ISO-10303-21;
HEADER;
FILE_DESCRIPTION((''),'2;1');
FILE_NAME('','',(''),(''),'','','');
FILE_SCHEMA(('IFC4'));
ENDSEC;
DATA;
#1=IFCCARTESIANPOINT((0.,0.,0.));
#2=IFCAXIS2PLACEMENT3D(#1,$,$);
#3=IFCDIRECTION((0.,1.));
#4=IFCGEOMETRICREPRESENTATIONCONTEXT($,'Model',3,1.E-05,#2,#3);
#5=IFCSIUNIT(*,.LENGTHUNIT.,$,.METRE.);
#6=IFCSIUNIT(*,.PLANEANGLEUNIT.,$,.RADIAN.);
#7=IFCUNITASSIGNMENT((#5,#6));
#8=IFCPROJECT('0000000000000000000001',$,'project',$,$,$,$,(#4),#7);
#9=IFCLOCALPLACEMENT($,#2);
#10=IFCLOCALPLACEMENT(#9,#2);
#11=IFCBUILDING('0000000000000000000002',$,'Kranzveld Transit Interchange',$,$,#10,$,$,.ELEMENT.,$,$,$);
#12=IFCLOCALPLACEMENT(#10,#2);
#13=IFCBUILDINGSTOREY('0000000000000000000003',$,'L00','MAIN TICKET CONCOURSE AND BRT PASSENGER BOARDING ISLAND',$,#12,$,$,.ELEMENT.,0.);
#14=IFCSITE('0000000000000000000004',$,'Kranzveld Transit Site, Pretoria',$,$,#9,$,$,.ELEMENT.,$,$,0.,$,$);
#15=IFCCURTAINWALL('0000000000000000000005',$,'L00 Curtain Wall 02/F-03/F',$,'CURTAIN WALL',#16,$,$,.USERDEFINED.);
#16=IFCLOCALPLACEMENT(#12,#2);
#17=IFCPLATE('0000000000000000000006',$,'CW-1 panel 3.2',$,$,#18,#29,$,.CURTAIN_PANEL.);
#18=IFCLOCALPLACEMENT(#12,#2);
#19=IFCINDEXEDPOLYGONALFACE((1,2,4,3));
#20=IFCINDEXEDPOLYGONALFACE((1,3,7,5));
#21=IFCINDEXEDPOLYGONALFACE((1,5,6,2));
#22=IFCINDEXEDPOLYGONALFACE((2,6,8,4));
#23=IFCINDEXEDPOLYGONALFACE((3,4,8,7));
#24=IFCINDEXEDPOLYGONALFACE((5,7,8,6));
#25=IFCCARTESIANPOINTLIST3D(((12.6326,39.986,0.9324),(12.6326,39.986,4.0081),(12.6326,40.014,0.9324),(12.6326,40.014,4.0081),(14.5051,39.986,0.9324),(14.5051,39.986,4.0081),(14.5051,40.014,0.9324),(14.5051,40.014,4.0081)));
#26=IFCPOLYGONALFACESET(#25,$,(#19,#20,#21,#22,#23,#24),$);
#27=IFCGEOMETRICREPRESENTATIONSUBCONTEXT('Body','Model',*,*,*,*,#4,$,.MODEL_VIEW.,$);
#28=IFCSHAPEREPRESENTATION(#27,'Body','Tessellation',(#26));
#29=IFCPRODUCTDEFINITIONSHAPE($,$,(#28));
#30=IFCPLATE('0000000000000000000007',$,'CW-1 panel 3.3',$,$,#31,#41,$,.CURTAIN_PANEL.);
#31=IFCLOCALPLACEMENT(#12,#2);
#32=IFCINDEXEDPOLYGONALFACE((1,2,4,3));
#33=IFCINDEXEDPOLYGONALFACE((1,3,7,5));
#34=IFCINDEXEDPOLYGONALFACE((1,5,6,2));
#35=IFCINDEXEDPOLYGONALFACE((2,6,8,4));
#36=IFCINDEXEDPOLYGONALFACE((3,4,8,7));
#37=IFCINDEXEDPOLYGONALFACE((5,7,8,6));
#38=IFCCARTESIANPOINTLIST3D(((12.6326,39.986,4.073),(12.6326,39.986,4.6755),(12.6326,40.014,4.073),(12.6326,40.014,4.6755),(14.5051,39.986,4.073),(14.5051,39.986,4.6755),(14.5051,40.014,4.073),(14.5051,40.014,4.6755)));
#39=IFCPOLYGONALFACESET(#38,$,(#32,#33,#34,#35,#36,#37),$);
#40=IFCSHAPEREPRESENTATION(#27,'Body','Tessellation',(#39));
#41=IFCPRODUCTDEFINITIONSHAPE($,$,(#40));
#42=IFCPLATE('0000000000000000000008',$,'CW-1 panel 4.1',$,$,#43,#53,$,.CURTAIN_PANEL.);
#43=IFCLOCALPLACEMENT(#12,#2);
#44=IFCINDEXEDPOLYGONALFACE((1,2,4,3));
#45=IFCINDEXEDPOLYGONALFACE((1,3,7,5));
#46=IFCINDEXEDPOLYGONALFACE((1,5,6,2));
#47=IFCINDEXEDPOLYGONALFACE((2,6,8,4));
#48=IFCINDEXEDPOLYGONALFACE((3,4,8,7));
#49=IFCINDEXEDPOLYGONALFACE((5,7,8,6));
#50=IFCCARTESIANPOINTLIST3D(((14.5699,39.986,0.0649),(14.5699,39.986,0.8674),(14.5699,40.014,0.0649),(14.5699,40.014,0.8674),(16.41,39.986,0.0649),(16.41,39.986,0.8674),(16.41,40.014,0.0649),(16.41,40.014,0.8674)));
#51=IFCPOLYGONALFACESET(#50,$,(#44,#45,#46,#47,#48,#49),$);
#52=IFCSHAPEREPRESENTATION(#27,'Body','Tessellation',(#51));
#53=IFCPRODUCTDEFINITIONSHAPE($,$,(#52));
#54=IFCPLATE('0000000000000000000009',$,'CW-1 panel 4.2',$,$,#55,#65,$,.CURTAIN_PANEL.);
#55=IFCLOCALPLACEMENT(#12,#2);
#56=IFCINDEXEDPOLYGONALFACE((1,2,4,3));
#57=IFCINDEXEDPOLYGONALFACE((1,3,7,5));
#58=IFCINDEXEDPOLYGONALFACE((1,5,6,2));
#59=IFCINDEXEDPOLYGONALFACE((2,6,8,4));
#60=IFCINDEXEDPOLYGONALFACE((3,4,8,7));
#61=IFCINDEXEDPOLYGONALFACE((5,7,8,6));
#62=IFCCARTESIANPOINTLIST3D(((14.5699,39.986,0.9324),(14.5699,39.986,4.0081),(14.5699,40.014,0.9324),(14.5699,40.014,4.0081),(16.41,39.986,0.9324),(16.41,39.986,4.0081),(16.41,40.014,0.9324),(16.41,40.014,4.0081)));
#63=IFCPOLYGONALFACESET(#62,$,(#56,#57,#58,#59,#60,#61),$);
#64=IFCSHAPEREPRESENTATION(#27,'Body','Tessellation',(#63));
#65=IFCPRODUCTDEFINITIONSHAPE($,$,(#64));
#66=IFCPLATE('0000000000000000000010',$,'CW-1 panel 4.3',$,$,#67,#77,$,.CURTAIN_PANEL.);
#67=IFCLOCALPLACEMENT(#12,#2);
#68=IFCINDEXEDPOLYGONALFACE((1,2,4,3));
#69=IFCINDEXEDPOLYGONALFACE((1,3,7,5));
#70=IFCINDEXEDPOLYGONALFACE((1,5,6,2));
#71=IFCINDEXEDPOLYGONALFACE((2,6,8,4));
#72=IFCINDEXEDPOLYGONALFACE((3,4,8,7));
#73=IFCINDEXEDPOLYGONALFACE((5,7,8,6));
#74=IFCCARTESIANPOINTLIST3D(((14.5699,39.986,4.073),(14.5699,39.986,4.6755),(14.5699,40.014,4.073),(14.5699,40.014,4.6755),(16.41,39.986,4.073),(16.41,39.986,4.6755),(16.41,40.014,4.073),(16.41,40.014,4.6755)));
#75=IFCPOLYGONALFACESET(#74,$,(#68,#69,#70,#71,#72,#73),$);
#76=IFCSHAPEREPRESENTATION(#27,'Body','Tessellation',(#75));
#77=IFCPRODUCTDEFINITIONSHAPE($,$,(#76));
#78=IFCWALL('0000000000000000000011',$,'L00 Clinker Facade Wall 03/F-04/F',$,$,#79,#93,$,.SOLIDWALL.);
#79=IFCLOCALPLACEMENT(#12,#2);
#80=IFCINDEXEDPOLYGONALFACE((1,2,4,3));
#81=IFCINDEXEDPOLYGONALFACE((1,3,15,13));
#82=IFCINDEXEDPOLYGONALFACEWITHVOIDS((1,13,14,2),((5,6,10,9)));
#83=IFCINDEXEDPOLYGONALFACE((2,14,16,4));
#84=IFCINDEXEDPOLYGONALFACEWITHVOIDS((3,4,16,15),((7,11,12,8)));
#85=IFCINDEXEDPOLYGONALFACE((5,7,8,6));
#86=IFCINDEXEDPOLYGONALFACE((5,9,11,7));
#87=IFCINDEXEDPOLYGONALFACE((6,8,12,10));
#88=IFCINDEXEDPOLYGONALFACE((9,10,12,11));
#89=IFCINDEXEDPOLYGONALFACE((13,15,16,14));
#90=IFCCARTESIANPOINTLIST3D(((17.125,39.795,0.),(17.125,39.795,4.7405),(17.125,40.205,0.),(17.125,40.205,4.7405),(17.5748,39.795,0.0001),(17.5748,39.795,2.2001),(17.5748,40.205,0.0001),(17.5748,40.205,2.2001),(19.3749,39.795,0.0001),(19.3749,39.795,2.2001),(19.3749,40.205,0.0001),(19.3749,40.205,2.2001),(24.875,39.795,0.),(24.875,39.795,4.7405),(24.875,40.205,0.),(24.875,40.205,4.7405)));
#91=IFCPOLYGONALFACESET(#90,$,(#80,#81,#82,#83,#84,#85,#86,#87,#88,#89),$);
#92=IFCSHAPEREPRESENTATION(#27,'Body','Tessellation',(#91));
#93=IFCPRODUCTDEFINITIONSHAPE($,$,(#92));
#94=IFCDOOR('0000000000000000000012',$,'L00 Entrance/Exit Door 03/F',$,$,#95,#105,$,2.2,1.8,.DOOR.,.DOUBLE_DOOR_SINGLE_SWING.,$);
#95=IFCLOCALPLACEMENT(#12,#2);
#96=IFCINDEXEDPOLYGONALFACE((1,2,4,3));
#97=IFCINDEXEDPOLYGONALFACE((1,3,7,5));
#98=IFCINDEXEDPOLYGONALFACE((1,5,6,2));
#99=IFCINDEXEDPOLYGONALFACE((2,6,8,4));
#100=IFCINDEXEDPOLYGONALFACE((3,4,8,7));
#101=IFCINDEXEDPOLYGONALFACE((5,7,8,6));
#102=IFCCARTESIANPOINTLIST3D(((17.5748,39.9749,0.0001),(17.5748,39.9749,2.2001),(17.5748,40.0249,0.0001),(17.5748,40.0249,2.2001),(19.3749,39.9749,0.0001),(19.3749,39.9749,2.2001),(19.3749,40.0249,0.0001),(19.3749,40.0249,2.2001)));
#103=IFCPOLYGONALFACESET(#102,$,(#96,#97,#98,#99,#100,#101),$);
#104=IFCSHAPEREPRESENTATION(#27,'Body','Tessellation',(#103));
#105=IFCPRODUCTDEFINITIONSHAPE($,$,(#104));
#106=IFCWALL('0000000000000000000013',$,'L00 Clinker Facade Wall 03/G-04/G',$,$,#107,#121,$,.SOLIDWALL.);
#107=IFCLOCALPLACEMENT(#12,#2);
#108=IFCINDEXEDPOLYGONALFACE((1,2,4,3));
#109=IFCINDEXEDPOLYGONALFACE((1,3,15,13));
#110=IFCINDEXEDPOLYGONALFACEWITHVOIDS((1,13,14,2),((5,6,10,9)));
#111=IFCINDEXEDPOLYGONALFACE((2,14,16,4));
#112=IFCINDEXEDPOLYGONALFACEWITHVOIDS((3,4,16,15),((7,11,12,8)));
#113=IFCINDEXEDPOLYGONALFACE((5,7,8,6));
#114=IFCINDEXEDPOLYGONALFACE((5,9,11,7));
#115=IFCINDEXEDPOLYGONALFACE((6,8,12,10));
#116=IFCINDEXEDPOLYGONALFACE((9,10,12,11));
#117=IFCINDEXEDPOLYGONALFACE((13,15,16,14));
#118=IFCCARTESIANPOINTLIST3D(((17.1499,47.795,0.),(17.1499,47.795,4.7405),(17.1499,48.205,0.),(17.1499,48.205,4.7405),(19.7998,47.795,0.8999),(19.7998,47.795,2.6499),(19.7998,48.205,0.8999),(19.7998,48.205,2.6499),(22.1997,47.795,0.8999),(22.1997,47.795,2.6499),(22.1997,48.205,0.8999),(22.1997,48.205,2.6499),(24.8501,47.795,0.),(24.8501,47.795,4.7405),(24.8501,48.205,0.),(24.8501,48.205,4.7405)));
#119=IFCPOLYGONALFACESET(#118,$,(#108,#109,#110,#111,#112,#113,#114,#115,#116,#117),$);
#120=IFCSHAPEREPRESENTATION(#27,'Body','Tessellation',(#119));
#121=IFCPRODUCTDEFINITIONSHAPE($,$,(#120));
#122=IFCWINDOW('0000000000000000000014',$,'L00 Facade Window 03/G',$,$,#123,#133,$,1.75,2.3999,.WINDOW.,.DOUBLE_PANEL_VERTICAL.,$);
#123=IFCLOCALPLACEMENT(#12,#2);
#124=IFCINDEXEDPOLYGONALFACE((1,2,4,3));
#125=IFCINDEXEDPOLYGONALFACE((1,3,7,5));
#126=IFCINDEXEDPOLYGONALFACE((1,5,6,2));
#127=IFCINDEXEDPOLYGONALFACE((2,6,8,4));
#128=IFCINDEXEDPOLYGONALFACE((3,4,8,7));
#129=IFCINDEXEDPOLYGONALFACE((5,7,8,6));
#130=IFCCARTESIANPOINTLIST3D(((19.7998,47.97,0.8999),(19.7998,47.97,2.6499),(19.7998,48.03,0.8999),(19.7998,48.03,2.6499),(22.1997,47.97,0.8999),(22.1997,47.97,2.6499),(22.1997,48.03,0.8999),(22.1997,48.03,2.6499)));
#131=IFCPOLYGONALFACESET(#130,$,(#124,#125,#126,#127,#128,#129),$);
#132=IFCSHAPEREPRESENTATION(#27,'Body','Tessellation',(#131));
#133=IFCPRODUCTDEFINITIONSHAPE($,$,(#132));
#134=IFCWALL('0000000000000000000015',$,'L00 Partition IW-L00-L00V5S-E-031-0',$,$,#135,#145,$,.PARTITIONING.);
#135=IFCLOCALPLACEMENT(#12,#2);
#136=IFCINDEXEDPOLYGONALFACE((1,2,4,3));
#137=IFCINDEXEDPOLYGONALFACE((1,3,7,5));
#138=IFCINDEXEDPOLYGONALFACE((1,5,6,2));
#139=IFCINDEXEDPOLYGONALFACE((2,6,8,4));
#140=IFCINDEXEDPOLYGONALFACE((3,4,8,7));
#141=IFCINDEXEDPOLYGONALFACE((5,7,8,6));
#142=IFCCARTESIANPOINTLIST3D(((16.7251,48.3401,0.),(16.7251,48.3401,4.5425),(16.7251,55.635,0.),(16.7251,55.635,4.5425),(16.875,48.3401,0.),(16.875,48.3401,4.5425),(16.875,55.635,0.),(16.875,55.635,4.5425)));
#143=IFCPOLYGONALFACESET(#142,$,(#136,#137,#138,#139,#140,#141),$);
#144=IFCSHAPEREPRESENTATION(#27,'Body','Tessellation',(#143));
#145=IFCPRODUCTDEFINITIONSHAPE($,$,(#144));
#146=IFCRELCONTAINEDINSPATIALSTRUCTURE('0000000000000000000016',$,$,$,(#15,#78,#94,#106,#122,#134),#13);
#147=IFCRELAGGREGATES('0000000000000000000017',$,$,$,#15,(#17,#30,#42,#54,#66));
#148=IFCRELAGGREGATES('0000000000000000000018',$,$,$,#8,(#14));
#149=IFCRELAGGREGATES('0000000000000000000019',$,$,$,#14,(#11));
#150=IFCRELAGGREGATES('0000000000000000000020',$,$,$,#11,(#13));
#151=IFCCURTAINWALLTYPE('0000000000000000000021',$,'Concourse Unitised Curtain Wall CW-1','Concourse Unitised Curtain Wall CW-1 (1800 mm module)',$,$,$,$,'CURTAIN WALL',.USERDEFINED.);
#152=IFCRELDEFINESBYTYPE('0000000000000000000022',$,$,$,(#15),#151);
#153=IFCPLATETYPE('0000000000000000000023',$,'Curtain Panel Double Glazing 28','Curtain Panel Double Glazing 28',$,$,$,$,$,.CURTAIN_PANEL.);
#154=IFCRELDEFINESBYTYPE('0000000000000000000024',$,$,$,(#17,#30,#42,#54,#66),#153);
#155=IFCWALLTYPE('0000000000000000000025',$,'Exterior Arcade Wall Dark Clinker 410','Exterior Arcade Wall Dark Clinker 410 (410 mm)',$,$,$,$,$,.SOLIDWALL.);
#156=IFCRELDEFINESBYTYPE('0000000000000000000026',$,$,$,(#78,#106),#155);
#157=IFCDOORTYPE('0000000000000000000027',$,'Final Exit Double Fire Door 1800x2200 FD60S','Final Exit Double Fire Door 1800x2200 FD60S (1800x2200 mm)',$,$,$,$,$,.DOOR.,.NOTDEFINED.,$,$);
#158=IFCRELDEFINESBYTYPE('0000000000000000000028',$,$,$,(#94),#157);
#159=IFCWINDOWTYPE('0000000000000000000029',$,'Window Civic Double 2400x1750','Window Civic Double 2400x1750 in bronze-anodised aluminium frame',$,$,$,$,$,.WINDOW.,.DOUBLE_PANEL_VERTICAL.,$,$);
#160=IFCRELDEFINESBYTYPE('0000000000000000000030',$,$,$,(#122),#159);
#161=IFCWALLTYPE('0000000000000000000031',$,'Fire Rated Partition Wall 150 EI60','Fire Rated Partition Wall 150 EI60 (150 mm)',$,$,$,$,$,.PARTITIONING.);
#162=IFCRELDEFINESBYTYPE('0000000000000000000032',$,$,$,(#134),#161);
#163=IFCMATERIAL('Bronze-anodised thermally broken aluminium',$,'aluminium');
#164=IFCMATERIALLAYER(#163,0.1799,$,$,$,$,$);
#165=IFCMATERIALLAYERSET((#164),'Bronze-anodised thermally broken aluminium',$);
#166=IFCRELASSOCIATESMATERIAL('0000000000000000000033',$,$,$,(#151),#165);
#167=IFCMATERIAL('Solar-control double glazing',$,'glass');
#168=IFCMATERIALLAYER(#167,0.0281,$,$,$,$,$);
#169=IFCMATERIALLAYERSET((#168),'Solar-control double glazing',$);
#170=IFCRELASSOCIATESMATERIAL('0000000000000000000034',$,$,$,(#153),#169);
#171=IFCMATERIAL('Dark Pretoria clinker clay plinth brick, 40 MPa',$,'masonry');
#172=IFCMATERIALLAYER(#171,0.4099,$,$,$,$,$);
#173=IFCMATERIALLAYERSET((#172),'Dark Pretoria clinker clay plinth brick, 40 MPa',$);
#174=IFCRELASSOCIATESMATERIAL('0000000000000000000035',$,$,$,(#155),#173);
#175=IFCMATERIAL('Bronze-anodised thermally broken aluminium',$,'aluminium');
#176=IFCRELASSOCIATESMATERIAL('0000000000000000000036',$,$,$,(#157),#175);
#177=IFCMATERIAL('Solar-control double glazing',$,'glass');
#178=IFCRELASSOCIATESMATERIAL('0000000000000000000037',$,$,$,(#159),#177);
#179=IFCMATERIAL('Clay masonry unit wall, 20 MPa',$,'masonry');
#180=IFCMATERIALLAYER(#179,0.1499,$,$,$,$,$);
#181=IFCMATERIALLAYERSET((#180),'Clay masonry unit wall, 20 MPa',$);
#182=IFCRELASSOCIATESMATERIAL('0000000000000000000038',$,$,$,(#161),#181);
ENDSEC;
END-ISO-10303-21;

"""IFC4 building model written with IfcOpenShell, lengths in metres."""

from ifc_helpers import new_model, si_unit, direction, frame, frame_2d, origin, origin_2d, place, context, subcontext, project, spatial, rectangle, extrude, material, layer, layer_set, type_object, element, fill, aggregate, save


model = new_model("IFC4")

# Units and contexts
model_context = context("Model", 3, precision=1e-05, world=origin(), true_north=direction((0.0, 1.0)))
body_context = subcontext(model_context, "Body", "Model", "MODEL_VIEW")
ifc_project = project(units=[si_unit("LENGTHUNIT", "METRE"), si_unit("PLANEANGLEUNIT", "RADIAN")], contexts=[model_context])

# Site, building, storey
site_placement = place(None, origin())
site = spatial("IfcSite", under=ifc_project, at=site_placement, Name="Kranzveld Transit Site, Pretoria", CompositionType="ELEMENT", RefElevation=0.0)
building_placement = place(site_placement, origin())
building = spatial("IfcBuilding", under=site, at=building_placement, Name="Kranzveld Transit Interchange", CompositionType="ELEMENT")
storey_placement = place(building_placement, origin())
storey = spatial("IfcBuildingStorey", under=building, at=storey_placement, Name="L00", Description="MAIN TICKET CONCOURSE AND BRT PASSENGER BOARDING ISLAND", CompositionType="ELEMENT", Elevation=0.0)

# Curtain wall
ifc_material_1 = material(Name="Bronze-anodised thermally broken aluminium", Category="aluminium")
ifc_layer_1 = layer(ifc_material_1, 0.1799)
ifc_layer_set_1 = layer_set([ifc_layer_1], Name="Bronze-anodised thermally broken aluminium")
curtain_wall_type = type_object("IfcCurtainWallType", Name="Concourse Unitised Curtain Wall CW-1", Description="Concourse Unitised Curtain Wall CW-1 (1800 mm module)", ElementType="CURTAIN WALL", PredefinedType="USERDEFINED", material=ifc_layer_set_1)
curtain_wall_placement = place(storey_placement, origin())
curtain_wall = element("IfcCurtainWall", 1, at=curtain_wall_placement, inside=storey, type_object=curtain_wall_type, Name="L00 Curtain Wall 02/F-03/F", ObjectType="CURTAIN WALL", PredefinedType="USERDEFINED")

# Plates
ifc_material_2 = material(Name="Solar-control double glazing", Category="glass")
ifc_layer_2 = layer(ifc_material_2, 0.0281)
ifc_layer_set_2 = layer_set([ifc_layer_2], Name="Solar-control double glazing")
plate_type = type_object("IfcPlateType", Name="Curtain Panel Double Glazing 28", Description="Curtain Panel Double Glazing 28", PredefinedType="CURTAIN_PANEL", material=ifc_layer_set_2)
plate_1_placement = place(storey_placement, frame((13.5688, 40.0, 0.9324), z_axis=(0.0, 0.0, 1.0), x_axis=(1.0, 0.0, 0.0)))
plate_1 = element("IfcPlate", 2, at=plate_1_placement, type_object=plate_type, Name="CW-1 panel 3.2", PredefinedType="CURTAIN_PANEL", context=body_context, shape_type="SweptSolid", body=[
    extrude(rectangle(XDim=1.8726, YDim=0.0281, at=origin_2d()), origin(), (0.0, 0.0, 1.0), 3.0757),
])
plate_2_placement = place(storey_placement, frame((13.5688, 40.0, 4.073), z_axis=(0.0, 0.0, 1.0), x_axis=(1.0, 0.0, 0.0)))
plate_2 = element("IfcPlate", 3, at=plate_2_placement, type_object=plate_type, Name="CW-1 panel 3.3", PredefinedType="CURTAIN_PANEL", context=body_context, shape_type="SweptSolid", body=[
    extrude(rectangle(XDim=1.8726, YDim=0.0281, at=origin_2d()), origin(), (0.0, 0.0, 1.0), 0.6025),
])
plate_3_placement = place(storey_placement, frame((15.49, 40.0, 0.0649), z_axis=(0.0, 0.0, 1.0), x_axis=(1.0, 0.0, 0.0)))
plate_3 = element("IfcPlate", 4, at=plate_3_placement, type_object=plate_type, Name="CW-1 panel 4.1", PredefinedType="CURTAIN_PANEL", context=body_context, shape_type="SweptSolid", body=[
    extrude(rectangle(XDim=1.8401, YDim=0.0281, at=origin_2d()), origin(), (0.0, 0.0, 1.0), 0.8025),
])
plate_4_placement = place(storey_placement, frame((15.49, 40.0, 0.9324), z_axis=(0.0, 0.0, 1.0), x_axis=(1.0, 0.0, 0.0)))
plate_4 = element("IfcPlate", 5, at=plate_4_placement, type_object=plate_type, Name="CW-1 panel 4.2", PredefinedType="CURTAIN_PANEL", context=body_context, shape_type="SweptSolid", body=[
    extrude(rectangle(XDim=1.8401, YDim=0.0281, at=origin_2d()), origin(), (0.0, 0.0, 1.0), 3.0757),
])
plate_5_placement = place(storey_placement, frame((15.49, 40.0, 4.073), z_axis=(0.0, 0.0, 1.0), x_axis=(1.0, 0.0, 0.0)))
plate_5 = element("IfcPlate", 6, at=plate_5_placement, type_object=plate_type, Name="CW-1 panel 4.3", PredefinedType="CURTAIN_PANEL", context=body_context, shape_type="SweptSolid", body=[
    extrude(rectangle(XDim=1.8401, YDim=0.0281, at=origin_2d()), origin(), (0.0, 0.0, 1.0), 0.6025),
])
aggregate(curtain_wall, [plate_1, plate_2, plate_3, plate_4, plate_5])

# Wall, opening, door
ifc_material_3 = material(Name="Dark Pretoria clinker clay plinth brick, 40 MPa", Category="masonry")
ifc_layer_3 = layer(ifc_material_3, 0.4099)
ifc_layer_set_3 = layer_set([ifc_layer_3], Name="Dark Pretoria clinker clay plinth brick, 40 MPa")
wall_type_1 = type_object("IfcWallType", Name="Exterior Arcade Wall Dark Clinker 410", Description="Exterior Arcade Wall Dark Clinker 410 (410 mm)", PredefinedType="SOLIDWALL", material=ifc_layer_set_3)
wall_1_placement = place(storey_placement, frame((17.125, 40.0, 0.0), z_axis=(0.0, 0.0, 1.0), x_axis=(1.0, 0.0, 0.0)))
wall_1 = element("IfcWall", 7, at=wall_1_placement, inside=storey, type_object=wall_type_1, Name="L00 Clinker Facade Wall 03/F-04/F", PredefinedType="SOLIDWALL", context=body_context, shape_type="SweptSolid", body=[
    extrude(rectangle(XDim=7.75, YDim=0.4099, at=frame_2d((3.875, 0.0))), origin(), (0.0, 0.0, 1.0), 4.7405),
])
opening_1_placement = place(wall_1_placement, frame((0.45, 0.0, 0.0), z_axis=(0.0, 0.0, 1.0), x_axis=(1.0, 0.0, 0.0)))
opening_1 = element("IfcOpeningElement", 8, at=opening_1_placement, cuts=wall_1, PredefinedType="OPENING", context=body_context, shape_type="SweptSolid", body=[
    extrude(rectangle(XDim=1.8, YDim=2.2, at=frame_2d((0.8999, 1.1001))), frame((0.0, 0.2148, 0.0), z_axis=(0.0, -1.0, 0.0), x_axis=(1.0, 0.0, 0.0)), (0.0, 0.0, 1.0), 0.4299),
])
ifc_material_4 = material(Name="Bronze-anodised thermally broken aluminium", Category="aluminium")
door_type = type_object("IfcDoorType", Name="Final Exit Double Fire Door 1800x2200 FD60S", Description="Final Exit Double Fire Door 1800x2200 FD60S (1800x2200 mm)", OperationType="NOTDEFINED", PredefinedType="DOOR", material=ifc_material_4)
door_placement = place(opening_1_placement, origin())
door = element("IfcDoor", 9, at=door_placement, inside=storey, type_object=door_type, Name="L00 Entrance/Exit Door 03/F", OperationType="DOUBLE_DOOR_SINGLE_SWING", OverallHeight=2.2, OverallWidth=1.8, PredefinedType="DOOR", context=body_context, shape_type="SweptSolid", body=[
    extrude(rectangle(XDim=1.8, YDim=2.2, at=frame_2d((0.8999, 1.1001))), frame((0.0, 0.0249, 0.0), z_axis=(0.0, -1.0, 0.0), x_axis=(1.0, 0.0, 0.0)), (0.0, 0.0, 1.0), 0.05),
])
fill(opening_1, door)

# Wall, opening, window
wall_2_placement = place(storey_placement, frame((17.1499, 48.0, 0.0), z_axis=(0.0, 0.0, 1.0), x_axis=(1.0, 0.0, 0.0)))
wall_2 = element("IfcWall", 10, at=wall_2_placement, inside=storey, type_object=wall_type_1, Name="L00 Clinker Facade Wall 03/G-04/G", PredefinedType="SOLIDWALL", context=body_context, shape_type="SweptSolid", body=[
    extrude(rectangle(XDim=7.7002, YDim=0.4099, at=frame_2d((3.8501, 0.0))), origin(), (0.0, 0.0, 1.0), 4.7405),
])
opening_2_placement = place(wall_2_placement, frame((2.6499, 0.0, 0.8999), z_axis=(0.0, 0.0, 1.0), x_axis=(1.0, 0.0, 0.0)))
opening_2 = element("IfcOpeningElement", 11, at=opening_2_placement, cuts=wall_2, PredefinedType="OPENING", context=body_context, shape_type="SweptSolid", body=[
    extrude(rectangle(XDim=2.3999, YDim=1.75, at=frame_2d((1.2, 0.875))), frame((0.0, 0.2148, 0.0), z_axis=(0.0, -1.0, 0.0), x_axis=(1.0, 0.0, 0.0)), (0.0, 0.0, 1.0), 0.4299),
])
ifc_material_5 = material(Name="Solar-control double glazing", Category="glass")
window_type = type_object("IfcWindowType", Name="Window Civic Double 2400x1750", Description="Window Civic Double 2400x1750 in bronze-anodised aluminium frame", PartitioningType="DOUBLE_PANEL_VERTICAL", PredefinedType="WINDOW", material=ifc_material_5)
window_placement = place(opening_2_placement, origin())
window = element("IfcWindow", 12, at=window_placement, inside=storey, type_object=window_type, Name="L00 Facade Window 03/G", OverallHeight=1.75, OverallWidth=2.3999, PartitioningType="DOUBLE_PANEL_VERTICAL", PredefinedType="WINDOW", context=body_context, shape_type="SweptSolid", body=[
    extrude(rectangle(XDim=2.3999, YDim=1.75, at=frame_2d((1.2, 0.875))), frame((0.0, 0.03, 0.0), z_axis=(0.0, -1.0, 0.0), x_axis=(1.0, 0.0, 0.0)), (0.0, 0.0, 1.0), 0.0601),
])
fill(opening_2, window)

# Wall
ifc_material_6 = material(Name="Clay masonry unit wall, 20 MPa", Category="masonry")
ifc_layer_4 = layer(ifc_material_6, 0.1499)
ifc_layer_set_4 = layer_set([ifc_layer_4], Name="Clay masonry unit wall, 20 MPa")
wall_type_2 = type_object("IfcWallType", Name="Fire Rated Partition Wall 150 EI60", Description="Fire Rated Partition Wall 150 EI60 (150 mm)", PredefinedType="PARTITIONING", material=ifc_layer_set_4)
wall_3_placement = place(storey_placement, frame((16.8, 48.3401, 0.0), z_axis=(0.0, 0.0, 1.0), x_axis=(0.0, 1.0, 0.0)))
element("IfcWall", 13, at=wall_3_placement, inside=storey, type_object=wall_type_2, Name="L00 Partition IW-L00-L00V5S-E-031-0", PredefinedType="PARTITIONING", context=body_context, shape_type="SweptSolid", body=[
    extrude(rectangle(XDim=7.2949, YDim=0.1499, at=frame_2d((3.6475, 0.0))), origin(), (0.0, 0.0, 1.0), 4.5425),
])

save(model, "model.ifc")
